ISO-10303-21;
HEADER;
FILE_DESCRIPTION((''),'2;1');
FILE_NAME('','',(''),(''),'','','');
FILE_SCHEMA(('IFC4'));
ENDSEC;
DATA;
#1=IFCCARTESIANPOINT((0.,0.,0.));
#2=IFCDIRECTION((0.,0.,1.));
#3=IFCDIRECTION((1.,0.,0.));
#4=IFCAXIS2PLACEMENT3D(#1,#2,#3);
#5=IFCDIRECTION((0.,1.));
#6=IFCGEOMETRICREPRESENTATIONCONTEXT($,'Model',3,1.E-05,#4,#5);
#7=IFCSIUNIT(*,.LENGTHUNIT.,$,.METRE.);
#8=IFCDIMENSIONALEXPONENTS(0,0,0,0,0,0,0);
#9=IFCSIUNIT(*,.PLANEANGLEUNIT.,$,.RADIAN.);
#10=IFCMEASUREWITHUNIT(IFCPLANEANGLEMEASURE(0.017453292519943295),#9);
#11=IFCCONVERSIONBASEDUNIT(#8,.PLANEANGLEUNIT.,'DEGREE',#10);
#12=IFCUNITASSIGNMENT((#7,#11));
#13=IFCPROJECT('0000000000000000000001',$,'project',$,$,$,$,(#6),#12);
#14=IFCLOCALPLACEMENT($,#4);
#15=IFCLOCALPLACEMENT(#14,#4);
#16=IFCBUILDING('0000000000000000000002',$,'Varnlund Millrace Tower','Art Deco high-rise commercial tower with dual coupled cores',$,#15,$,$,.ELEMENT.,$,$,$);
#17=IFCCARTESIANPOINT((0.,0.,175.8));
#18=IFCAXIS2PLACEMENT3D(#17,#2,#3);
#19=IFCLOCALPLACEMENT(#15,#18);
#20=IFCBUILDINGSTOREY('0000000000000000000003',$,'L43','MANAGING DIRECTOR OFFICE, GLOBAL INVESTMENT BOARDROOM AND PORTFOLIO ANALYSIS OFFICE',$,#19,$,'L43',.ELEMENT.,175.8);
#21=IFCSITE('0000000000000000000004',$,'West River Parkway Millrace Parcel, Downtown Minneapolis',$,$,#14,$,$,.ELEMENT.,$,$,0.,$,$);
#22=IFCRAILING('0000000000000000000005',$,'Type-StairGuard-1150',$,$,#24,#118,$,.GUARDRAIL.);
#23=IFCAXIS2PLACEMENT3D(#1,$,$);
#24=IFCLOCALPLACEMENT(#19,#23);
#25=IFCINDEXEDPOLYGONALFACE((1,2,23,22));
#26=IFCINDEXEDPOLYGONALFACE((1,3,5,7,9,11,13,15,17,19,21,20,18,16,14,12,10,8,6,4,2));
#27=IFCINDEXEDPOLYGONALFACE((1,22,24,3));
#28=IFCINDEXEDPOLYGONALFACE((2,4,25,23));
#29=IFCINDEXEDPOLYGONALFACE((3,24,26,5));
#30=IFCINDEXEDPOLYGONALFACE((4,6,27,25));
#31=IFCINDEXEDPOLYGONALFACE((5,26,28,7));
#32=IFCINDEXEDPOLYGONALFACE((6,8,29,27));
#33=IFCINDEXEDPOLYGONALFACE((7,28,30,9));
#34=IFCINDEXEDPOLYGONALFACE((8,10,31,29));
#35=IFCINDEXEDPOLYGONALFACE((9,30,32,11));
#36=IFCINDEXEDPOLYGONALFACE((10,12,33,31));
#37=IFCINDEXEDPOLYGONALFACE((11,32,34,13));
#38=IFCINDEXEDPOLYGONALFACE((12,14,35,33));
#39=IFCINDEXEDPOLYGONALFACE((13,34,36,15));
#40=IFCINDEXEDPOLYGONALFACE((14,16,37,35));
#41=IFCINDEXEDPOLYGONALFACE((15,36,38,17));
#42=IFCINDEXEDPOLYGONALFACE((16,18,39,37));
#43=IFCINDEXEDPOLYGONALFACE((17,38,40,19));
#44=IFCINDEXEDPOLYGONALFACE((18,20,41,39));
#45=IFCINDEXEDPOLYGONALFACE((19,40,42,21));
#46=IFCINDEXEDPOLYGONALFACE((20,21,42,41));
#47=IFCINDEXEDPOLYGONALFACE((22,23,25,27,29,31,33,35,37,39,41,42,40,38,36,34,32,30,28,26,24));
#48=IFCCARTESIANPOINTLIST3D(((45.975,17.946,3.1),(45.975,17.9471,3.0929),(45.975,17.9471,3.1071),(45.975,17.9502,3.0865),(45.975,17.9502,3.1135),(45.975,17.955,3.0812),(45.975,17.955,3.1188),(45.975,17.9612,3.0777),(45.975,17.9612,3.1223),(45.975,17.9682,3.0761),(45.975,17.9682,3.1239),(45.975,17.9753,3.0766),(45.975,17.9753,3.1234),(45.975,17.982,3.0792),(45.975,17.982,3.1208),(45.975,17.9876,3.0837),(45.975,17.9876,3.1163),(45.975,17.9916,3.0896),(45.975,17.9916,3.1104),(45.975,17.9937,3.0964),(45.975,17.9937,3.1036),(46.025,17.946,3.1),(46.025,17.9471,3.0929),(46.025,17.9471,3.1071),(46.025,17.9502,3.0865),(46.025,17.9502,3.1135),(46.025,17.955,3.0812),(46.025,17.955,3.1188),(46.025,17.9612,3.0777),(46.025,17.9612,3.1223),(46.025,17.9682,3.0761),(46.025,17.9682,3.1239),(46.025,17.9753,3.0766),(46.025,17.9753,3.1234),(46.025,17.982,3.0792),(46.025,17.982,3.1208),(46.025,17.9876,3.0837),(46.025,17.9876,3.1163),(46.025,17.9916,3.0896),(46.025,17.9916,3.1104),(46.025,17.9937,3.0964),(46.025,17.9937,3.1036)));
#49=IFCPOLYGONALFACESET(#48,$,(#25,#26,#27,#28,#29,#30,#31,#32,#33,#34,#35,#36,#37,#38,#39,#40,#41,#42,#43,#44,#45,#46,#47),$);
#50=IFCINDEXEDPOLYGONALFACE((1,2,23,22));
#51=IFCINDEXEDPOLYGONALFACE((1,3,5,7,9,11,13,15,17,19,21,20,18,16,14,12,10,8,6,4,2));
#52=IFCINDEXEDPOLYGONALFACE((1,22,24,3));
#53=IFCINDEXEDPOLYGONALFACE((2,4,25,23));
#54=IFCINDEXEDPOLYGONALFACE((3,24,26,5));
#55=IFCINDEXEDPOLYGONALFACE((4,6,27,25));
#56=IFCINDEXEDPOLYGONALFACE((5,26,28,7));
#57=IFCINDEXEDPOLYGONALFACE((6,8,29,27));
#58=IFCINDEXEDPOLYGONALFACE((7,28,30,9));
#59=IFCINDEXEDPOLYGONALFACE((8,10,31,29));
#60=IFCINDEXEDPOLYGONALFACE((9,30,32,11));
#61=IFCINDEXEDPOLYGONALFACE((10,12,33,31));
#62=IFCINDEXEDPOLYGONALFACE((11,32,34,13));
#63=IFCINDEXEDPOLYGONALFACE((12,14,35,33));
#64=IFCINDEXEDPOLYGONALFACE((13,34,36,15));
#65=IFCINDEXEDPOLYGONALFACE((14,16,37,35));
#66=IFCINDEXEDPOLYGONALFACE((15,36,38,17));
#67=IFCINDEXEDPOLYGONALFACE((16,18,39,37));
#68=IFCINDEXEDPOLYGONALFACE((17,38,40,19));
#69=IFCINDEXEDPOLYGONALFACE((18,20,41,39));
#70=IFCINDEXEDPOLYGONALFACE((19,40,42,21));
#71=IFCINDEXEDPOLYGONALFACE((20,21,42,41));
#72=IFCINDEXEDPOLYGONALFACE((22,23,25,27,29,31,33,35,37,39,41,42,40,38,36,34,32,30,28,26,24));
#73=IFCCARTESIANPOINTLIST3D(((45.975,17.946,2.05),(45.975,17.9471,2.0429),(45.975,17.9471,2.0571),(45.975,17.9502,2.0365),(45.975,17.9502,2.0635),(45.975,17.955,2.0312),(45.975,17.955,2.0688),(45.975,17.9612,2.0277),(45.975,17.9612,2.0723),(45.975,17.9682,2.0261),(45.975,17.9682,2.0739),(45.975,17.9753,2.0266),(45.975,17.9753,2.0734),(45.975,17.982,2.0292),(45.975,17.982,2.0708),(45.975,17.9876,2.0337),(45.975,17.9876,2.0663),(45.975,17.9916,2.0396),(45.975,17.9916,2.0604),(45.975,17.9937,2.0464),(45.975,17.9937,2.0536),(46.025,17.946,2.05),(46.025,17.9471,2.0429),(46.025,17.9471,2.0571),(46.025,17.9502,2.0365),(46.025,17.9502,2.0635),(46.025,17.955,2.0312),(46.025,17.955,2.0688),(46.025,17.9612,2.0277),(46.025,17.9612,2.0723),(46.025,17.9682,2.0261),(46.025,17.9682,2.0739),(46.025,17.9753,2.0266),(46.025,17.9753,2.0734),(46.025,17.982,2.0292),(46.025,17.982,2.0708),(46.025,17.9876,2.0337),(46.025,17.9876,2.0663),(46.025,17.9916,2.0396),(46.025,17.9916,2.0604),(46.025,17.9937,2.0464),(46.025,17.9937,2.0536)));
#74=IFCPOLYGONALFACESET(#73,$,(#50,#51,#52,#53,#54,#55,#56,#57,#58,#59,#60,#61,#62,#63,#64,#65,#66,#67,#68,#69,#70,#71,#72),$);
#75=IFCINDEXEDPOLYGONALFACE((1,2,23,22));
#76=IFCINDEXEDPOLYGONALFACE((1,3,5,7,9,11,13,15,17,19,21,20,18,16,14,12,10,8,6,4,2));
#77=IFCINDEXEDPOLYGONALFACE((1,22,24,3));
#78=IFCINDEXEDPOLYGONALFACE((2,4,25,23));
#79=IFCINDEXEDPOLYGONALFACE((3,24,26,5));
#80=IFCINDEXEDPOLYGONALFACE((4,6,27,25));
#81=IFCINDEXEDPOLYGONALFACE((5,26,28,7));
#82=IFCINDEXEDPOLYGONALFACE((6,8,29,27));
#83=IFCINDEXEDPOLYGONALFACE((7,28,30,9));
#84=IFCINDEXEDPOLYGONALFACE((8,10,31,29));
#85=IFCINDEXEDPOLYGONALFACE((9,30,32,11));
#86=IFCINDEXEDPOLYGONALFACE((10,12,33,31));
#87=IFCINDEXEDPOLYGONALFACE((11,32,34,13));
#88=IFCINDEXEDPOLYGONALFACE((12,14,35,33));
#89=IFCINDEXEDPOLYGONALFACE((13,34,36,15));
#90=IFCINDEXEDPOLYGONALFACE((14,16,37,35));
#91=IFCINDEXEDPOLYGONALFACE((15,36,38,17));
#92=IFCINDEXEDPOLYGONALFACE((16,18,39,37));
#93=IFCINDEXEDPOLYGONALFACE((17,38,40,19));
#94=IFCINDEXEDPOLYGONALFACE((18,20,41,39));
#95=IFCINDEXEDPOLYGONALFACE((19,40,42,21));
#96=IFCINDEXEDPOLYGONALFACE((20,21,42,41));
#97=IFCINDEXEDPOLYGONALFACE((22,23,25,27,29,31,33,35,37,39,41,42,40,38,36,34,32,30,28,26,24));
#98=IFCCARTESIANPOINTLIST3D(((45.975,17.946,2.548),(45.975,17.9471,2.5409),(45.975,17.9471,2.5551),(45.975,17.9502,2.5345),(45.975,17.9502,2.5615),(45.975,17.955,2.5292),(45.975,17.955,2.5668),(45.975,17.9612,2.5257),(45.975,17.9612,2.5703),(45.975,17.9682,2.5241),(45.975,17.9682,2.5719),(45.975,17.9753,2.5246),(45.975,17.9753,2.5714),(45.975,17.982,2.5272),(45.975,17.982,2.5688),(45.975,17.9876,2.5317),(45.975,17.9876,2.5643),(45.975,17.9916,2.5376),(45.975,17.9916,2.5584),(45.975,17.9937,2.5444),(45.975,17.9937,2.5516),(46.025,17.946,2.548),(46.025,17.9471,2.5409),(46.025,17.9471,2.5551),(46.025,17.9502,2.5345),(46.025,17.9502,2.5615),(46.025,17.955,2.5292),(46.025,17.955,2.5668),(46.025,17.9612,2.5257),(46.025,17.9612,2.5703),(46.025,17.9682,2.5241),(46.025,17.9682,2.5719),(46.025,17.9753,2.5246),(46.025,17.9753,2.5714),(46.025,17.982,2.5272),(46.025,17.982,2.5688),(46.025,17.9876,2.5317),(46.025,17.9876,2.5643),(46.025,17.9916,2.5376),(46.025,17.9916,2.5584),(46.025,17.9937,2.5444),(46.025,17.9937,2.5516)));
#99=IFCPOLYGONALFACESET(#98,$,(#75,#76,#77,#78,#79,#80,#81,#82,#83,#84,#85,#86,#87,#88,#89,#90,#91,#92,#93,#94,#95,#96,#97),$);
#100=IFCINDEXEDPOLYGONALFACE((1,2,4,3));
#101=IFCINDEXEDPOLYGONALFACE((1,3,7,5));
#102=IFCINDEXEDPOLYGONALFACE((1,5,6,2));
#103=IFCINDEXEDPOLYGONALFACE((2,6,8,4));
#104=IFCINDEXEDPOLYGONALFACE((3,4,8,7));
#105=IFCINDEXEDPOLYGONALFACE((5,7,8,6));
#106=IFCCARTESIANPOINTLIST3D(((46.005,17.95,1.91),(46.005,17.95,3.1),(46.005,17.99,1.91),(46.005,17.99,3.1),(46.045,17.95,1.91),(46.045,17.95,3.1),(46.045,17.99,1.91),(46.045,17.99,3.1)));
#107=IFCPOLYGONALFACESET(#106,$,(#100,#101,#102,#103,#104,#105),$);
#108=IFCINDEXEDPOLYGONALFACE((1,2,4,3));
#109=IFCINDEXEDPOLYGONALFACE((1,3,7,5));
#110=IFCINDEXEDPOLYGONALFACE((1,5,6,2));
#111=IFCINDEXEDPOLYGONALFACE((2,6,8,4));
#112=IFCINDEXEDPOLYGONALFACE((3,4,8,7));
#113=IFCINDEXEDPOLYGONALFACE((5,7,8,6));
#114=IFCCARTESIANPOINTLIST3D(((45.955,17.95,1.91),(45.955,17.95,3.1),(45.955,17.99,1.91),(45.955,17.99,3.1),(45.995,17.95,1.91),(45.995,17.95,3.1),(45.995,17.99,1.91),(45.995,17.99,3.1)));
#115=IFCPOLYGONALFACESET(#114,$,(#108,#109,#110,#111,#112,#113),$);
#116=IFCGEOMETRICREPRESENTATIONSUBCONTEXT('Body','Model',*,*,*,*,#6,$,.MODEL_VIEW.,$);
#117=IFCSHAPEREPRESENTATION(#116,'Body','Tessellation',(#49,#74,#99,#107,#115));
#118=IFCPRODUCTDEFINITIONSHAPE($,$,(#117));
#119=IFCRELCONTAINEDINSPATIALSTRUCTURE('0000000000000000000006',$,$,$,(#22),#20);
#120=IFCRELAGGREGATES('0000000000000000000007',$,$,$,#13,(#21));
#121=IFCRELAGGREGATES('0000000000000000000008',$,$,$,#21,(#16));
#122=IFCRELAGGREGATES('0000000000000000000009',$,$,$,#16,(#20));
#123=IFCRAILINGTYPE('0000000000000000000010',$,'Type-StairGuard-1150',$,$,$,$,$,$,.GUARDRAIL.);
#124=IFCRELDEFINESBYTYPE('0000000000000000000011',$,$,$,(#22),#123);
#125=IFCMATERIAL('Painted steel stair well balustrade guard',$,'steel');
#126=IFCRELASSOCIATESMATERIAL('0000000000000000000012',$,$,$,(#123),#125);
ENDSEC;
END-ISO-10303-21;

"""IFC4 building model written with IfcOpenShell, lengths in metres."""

from ifc_helpers import new_model, entity, si_unit, converted_unit, direction, frame, origin_with_axes, origin_2d_with_axis, place, context, subcontext, project, spatial, rectangle, circle, extrude, material, type_object, element, save


model = new_model("IFC4")

# Units and contexts
model_context = context("Model", 3, precision=1e-05, world=origin_with_axes(), true_north=direction((0.0, 1.0)))
body_context = subcontext(model_context, "Body", "Model", "MODEL_VIEW")
ifc_project = project(units=[si_unit("LENGTHUNIT", "METRE"), converted_unit("PLANEANGLEUNIT", "DEGREE", entity("IfcPlaneAngleMeasure", 0.017453292519943295), si_unit("PLANEANGLEUNIT", "RADIAN"), dimensions=[0, 0, 0, 0, 0, 0, 0])], contexts=[model_context])

# Site, building, storey
site_placement = place(None, origin_with_axes())
site = spatial("IfcSite", under=ifc_project, at=site_placement, Name="West River Parkway Millrace Parcel, Downtown Minneapolis", CompositionType="ELEMENT", RefElevation=0.0)
building_placement = place(site_placement, origin_with_axes())
building = spatial("IfcBuilding", under=site, at=building_placement, Name="Varnlund Millrace Tower", Description="Art Deco high-rise commercial tower with dual coupled cores", CompositionType="ELEMENT")
storey_placement = place(building_placement, frame((0.0, 0.0, 175.8), z_axis=(0.0, 0.0, 1.0), x_axis=(1.0, 0.0, 0.0)))
storey = spatial("IfcBuildingStorey", under=building, at=storey_placement, Name="L43", Description="MANAGING DIRECTOR OFFICE, GLOBAL INVESTMENT BOARDROOM AND PORTFOLIO ANALYSIS OFFICE", LongName="L43", CompositionType="ELEMENT", Elevation=175.8)

# Railing
ifc_material_1 = material(Name="Painted steel stair well balustrade guard", Category="steel")
railing_type_1 = type_object("IfcRailingType", Name="Type-StairGuard-1150", PredefinedType="GUARDRAIL", material=ifc_material_1)
railing_1_placement = place(storey_placement, frame((0.0, 0.0, -175.8), z_axis=(0.0, 0.0, 1.0), x_axis=(1.0, 0.0, 0.0)))
element("IfcRailing", 1, at=railing_1_placement, inside=storey, type_object=railing_type_1, Name="Type-StairGuard-1150", PredefinedType="GUARDRAIL", context=body_context, shape_type="SweptSolid", body=[
    extrude(circle(Radius=0.024, at=origin_2d_with_axis()), frame((46.025, 17.97, 178.9), z_axis=(-1.0, 0.0, 0.0), x_axis=(0.0, -1.0, 0.0)), (0.0, 0.0, 1.0), 0.05),
    extrude(circle(Radius=0.024, at=origin_2d_with_axis()), frame((46.025, 17.97, 177.85), z_axis=(-1.0, 0.0, 0.0), x_axis=(0.0, -1.0, 0.0)), (0.0, 0.0, 1.0), 0.05),
    extrude(circle(Radius=0.024, at=origin_2d_with_axis()), frame((46.025, 17.97, 178.348), z_axis=(-1.0, 0.0, 0.0), x_axis=(0.0, -1.0, 0.0)), (0.0, 0.0, 1.0), 0.05),
    extrude(rectangle(XDim=0.04, YDim=0.04, at=origin_2d_with_axis()), frame((46.025, 17.97, 177.71), z_axis=(0.0, 0.0, 1.0), x_axis=(1.0, 0.0, 0.0)), (0.0, 0.0, 1.0), 1.19),
    extrude(rectangle(XDim=0.04, YDim=0.04, at=origin_2d_with_axis()), frame((45.975, 17.97, 177.71), z_axis=(0.0, 0.0, 1.0), x_axis=(1.0, 0.0, 0.0)), (0.0, 0.0, 1.0), 1.19),
])

save(model, "model.ifc")
